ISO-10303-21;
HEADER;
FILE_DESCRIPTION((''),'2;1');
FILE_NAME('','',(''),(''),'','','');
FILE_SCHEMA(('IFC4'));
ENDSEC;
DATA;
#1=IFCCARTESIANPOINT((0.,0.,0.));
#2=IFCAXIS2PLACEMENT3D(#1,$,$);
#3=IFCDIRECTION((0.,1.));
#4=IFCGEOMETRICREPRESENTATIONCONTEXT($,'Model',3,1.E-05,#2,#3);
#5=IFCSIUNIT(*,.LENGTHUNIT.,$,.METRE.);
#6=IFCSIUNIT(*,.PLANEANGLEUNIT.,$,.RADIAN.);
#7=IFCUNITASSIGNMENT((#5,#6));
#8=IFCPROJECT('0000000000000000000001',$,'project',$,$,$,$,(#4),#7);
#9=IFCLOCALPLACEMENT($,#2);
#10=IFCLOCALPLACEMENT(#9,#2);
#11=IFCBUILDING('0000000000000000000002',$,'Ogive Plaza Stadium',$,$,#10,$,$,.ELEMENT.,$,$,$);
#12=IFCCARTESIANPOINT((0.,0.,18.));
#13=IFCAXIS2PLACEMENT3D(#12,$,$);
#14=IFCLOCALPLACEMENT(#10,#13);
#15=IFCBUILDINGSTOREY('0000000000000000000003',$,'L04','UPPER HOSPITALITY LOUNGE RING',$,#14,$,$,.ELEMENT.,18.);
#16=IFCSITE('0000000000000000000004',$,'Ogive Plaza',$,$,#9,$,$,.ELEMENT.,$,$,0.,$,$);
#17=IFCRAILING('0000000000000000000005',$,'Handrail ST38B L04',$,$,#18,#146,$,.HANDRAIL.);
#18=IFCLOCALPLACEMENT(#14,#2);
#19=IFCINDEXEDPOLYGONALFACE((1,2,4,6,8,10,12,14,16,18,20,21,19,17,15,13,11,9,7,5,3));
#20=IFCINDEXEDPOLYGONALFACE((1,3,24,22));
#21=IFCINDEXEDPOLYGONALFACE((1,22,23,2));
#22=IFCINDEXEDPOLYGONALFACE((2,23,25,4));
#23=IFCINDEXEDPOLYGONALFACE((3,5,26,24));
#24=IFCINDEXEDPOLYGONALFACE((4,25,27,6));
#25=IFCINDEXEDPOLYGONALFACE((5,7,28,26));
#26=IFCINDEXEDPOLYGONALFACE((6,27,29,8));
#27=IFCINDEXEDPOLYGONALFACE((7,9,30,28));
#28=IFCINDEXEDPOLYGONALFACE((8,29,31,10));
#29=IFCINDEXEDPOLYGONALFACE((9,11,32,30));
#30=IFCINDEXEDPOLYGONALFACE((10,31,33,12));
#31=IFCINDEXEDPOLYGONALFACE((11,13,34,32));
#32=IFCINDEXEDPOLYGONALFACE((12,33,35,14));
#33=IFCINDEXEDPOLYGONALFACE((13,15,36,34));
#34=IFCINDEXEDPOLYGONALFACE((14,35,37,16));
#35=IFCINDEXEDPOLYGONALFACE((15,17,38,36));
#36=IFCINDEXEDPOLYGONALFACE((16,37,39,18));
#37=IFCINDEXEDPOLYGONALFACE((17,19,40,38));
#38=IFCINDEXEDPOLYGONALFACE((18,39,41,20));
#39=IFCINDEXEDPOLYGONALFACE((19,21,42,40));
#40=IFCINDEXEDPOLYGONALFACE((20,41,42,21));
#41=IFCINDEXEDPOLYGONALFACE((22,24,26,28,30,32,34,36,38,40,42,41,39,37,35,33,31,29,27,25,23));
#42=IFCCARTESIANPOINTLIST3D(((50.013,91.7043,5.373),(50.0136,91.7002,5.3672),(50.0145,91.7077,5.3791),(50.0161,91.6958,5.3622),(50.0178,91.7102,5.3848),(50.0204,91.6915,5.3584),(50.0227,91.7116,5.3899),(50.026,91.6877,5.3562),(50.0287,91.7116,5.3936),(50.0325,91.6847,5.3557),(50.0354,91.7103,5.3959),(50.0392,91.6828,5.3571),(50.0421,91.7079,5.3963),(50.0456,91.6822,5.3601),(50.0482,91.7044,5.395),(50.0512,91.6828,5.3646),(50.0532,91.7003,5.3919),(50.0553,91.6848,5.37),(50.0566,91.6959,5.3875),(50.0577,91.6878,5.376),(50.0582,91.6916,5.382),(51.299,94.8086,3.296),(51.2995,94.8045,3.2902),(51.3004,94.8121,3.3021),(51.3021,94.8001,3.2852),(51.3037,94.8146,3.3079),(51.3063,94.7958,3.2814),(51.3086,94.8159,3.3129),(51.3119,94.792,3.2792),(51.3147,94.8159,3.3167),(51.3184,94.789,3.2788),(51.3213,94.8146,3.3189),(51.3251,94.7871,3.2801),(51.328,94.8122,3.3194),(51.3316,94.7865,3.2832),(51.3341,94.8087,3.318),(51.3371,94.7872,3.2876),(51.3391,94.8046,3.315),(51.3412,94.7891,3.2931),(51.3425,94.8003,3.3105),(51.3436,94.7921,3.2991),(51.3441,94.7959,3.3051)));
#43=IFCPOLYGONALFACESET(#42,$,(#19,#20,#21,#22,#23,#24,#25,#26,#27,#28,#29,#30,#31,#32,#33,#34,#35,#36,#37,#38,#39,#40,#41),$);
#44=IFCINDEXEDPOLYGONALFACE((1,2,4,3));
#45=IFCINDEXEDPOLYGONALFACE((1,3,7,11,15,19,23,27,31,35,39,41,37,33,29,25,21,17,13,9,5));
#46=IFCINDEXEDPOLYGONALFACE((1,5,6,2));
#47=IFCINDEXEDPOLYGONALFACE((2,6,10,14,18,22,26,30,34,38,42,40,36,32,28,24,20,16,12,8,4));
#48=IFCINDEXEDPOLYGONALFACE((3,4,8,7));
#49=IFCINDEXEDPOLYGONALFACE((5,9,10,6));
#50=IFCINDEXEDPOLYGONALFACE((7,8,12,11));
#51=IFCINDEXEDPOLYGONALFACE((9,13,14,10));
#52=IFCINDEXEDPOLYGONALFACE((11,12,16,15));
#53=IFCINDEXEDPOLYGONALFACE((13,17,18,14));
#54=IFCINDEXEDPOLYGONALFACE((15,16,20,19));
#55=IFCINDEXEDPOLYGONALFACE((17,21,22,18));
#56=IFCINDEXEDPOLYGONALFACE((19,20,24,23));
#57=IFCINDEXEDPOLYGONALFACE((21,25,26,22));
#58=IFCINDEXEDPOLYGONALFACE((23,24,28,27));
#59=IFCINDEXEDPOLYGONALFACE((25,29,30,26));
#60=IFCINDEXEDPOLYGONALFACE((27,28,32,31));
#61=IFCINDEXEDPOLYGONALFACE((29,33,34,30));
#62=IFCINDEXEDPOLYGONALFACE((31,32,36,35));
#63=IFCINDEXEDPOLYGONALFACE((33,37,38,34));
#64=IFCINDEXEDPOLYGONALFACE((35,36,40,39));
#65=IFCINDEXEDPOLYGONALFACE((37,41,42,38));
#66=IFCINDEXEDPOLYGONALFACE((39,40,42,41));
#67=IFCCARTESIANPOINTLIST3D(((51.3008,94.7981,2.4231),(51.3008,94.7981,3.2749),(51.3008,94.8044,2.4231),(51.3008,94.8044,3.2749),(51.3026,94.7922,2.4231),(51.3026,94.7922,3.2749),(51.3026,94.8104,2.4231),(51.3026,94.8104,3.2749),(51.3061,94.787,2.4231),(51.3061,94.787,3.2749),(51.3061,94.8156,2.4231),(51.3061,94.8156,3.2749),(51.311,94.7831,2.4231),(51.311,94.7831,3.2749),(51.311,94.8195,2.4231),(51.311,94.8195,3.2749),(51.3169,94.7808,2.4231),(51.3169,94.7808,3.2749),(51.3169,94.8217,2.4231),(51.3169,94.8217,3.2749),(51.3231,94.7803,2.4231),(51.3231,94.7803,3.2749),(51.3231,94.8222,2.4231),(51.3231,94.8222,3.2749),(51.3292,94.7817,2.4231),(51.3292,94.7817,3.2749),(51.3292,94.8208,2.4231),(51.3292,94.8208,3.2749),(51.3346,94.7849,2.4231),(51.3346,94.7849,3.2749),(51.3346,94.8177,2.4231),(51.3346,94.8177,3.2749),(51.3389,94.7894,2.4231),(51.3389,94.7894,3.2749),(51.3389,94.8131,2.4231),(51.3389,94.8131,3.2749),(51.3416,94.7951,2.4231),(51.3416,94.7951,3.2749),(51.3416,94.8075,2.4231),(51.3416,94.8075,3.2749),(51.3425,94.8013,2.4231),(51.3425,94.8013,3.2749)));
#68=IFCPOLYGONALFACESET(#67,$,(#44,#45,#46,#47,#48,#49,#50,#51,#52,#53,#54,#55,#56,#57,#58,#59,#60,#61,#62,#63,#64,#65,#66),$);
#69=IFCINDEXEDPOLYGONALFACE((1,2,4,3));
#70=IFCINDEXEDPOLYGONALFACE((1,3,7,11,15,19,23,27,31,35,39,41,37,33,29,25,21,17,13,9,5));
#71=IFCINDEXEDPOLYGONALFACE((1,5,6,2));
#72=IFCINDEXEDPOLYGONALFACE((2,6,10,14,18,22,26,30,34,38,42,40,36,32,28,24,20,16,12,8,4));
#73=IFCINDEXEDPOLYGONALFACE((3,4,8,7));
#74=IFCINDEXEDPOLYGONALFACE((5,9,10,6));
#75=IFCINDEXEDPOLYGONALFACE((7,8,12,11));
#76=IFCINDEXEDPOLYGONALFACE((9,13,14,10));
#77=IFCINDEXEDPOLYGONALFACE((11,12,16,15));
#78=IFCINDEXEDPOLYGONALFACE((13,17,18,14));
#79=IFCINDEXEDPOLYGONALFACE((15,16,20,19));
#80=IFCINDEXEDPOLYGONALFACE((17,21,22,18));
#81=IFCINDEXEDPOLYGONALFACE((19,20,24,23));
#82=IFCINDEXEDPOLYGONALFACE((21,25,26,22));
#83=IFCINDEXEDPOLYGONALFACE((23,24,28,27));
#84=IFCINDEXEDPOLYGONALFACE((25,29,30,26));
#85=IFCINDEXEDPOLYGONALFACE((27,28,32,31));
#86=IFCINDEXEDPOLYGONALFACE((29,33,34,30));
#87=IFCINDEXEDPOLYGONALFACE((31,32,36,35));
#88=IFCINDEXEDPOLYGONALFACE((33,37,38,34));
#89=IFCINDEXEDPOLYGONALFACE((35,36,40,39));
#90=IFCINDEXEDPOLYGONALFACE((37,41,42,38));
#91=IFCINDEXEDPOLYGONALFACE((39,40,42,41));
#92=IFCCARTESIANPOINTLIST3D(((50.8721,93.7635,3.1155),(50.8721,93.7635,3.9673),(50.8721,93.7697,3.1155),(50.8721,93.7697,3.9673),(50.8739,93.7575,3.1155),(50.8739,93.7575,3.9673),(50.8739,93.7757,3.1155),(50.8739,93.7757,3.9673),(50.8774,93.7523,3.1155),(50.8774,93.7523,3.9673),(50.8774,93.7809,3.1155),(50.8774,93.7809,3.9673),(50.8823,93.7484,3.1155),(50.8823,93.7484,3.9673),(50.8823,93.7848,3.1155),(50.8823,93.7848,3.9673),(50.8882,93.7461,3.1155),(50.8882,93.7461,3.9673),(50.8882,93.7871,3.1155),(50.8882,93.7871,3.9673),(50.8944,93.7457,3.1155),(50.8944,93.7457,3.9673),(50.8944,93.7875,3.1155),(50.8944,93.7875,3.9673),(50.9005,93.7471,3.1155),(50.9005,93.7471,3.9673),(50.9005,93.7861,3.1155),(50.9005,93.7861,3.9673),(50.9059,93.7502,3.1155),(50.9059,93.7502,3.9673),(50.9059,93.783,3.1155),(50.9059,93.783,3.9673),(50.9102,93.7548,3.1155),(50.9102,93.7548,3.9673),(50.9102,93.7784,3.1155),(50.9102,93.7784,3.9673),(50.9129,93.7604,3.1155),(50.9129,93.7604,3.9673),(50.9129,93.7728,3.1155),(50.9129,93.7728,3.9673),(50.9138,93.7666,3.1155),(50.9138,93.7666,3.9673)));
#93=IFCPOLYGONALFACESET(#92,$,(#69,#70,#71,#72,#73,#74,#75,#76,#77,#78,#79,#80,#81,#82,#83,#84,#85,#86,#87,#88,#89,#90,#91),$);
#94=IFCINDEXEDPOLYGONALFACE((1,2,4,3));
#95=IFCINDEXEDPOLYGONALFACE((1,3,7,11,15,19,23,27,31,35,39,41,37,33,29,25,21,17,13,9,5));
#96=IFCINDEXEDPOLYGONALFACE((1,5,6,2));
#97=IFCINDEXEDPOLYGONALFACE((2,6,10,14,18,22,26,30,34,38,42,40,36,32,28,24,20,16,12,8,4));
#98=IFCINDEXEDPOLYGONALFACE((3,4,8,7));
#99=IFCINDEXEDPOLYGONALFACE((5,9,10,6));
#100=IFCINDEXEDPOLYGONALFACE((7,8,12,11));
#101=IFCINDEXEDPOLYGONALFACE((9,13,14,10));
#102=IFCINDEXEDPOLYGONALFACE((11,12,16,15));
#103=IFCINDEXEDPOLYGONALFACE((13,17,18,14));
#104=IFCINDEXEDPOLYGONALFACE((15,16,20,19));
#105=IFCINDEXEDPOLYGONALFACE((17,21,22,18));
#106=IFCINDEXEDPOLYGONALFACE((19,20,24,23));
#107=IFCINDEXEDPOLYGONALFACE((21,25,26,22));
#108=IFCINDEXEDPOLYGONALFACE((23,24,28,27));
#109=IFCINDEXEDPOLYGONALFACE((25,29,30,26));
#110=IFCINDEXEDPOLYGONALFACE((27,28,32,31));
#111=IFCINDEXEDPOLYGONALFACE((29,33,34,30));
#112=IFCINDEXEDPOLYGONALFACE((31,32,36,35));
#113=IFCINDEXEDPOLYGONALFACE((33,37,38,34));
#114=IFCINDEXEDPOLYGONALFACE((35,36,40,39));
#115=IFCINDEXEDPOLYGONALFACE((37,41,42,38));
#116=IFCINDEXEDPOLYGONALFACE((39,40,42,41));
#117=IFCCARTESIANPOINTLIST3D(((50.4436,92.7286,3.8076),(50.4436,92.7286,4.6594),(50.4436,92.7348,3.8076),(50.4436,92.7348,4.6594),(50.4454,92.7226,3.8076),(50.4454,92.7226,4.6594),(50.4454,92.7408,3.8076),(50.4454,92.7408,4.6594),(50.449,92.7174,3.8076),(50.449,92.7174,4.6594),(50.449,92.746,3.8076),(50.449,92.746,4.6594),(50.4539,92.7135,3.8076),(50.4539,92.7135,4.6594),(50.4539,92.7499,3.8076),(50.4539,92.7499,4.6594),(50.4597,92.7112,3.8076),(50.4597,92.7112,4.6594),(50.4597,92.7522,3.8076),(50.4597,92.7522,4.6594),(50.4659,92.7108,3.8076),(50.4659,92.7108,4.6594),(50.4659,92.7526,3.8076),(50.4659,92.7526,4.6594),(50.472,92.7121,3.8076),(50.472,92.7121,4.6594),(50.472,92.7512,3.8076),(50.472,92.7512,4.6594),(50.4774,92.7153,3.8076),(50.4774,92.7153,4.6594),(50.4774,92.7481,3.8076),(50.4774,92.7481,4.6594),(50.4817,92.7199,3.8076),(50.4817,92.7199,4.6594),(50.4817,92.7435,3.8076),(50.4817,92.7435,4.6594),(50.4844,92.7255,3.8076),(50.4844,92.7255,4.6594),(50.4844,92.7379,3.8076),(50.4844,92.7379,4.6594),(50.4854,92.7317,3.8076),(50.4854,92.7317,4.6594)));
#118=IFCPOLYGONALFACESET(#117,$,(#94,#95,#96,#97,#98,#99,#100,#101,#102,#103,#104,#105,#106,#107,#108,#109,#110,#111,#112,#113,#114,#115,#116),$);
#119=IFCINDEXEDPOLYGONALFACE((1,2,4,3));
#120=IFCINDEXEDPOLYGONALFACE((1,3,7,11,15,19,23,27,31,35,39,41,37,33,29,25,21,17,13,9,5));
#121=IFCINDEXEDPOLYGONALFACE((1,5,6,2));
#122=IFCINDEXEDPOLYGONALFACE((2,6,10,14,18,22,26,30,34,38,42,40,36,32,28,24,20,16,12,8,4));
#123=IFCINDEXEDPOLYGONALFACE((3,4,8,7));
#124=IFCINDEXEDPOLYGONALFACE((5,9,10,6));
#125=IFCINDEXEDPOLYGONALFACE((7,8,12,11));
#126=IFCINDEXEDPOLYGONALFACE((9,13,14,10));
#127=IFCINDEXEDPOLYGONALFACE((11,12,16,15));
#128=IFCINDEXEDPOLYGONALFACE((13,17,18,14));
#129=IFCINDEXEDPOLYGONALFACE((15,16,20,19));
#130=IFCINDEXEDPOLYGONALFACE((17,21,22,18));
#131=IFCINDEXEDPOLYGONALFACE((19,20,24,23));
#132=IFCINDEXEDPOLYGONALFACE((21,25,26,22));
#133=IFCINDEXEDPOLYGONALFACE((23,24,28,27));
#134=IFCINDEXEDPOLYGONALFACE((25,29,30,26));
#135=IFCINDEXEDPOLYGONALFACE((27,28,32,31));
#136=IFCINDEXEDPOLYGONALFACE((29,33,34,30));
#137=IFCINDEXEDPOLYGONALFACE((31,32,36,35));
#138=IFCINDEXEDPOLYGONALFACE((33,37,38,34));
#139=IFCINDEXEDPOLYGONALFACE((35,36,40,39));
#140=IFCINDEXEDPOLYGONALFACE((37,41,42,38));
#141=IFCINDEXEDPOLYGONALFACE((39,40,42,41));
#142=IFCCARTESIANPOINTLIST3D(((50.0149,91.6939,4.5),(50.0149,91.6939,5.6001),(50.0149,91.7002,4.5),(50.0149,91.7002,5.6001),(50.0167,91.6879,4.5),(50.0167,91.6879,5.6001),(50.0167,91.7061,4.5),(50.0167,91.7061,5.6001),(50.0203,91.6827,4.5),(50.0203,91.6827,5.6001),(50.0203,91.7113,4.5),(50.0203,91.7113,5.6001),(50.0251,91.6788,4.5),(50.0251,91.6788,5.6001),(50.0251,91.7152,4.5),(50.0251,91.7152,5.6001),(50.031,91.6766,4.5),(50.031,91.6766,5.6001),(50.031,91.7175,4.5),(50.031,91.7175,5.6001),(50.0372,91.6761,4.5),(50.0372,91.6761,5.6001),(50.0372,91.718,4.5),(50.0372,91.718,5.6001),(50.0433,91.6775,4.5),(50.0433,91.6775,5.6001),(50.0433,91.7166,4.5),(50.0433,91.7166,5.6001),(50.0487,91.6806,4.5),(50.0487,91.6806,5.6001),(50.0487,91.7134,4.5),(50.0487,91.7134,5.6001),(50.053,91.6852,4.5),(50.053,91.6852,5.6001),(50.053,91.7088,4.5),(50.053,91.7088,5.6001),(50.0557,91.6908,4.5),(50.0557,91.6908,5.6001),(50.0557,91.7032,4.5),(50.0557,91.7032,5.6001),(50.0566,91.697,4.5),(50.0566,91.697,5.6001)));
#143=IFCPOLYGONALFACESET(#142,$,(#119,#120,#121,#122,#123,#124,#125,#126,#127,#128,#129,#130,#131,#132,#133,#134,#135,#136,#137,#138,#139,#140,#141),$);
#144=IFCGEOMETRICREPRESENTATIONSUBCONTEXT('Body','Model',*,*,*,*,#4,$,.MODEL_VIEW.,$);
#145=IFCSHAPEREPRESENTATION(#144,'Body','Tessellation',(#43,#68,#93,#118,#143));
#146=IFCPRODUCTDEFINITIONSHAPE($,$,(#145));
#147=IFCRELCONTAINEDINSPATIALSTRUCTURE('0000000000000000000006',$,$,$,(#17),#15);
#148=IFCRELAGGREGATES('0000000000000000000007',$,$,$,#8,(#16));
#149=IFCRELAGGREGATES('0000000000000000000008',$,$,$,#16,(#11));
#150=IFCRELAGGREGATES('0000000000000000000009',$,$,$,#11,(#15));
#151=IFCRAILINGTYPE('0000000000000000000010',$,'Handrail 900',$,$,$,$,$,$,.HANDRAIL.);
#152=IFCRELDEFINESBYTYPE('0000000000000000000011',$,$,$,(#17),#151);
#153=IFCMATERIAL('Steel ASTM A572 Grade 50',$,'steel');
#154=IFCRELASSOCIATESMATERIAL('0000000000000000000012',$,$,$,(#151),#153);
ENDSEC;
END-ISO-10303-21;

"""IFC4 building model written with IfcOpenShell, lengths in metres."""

from ifc_helpers import new_model, si_unit, direction, frame, origin, origin_2d, place, context, subcontext, project, spatial, circle, extrude, material, type_object, element, save


model = new_model("IFC4")

# Units and contexts
model_context = context("Model", 3, precision=1e-05, world=origin(), true_north=direction((0.0, 1.0)))
body_context = subcontext(model_context, "Body", "Model", "MODEL_VIEW")
ifc_project = project(units=[si_unit("LENGTHUNIT", "METRE"), si_unit("PLANEANGLEUNIT", "RADIAN")], contexts=[model_context])

# Site, building, storey
site_placement = place(None, origin())
site = spatial("IfcSite", under=ifc_project, at=site_placement, Name="Ogive Plaza", CompositionType="ELEMENT", RefElevation=0.0)
building_placement = place(site_placement, origin())
building = spatial("IfcBuilding", under=site, at=building_placement, Name="Ogive Plaza Stadium", CompositionType="ELEMENT")
storey_placement = place(building_placement, frame((0.0, 0.0, 18.0)))
storey = spatial("IfcBuildingStorey", under=building, at=storey_placement, Name="L04", Description="UPPER HOSPITALITY LOUNGE RING", CompositionType="ELEMENT", Elevation=18.0)

# Railing
ifc_material_1 = material(Name="Steel ASTM A572 Grade 50", Category="steel")
railing_type_1 = type_object("IfcRailingType", Name="Handrail 900", PredefinedType="HANDRAIL", material=ifc_material_1)
railing_1_placement = place(storey_placement, frame((51.3215, 94.8013, 2.4231)))
element("IfcRailing", 1, at=railing_1_placement, inside=storey, type_object=railing_type_1, Name="Handrail ST38B L04", PredefinedType="HANDRAIL", context=body_context, shape_type="SweptSolid", body=[
    extrude(circle(Radius=0.0239, at=origin_2d()), frame((0.0, 0.0, 0.876), z_axis=(-0.325532, -0.785863, 0.525783), x_axis=(0.923872, -0.3827, 0.0)), (0.0, 0.0, 1.0), 3.9502),
    extrude(circle(Radius=0.021, at=origin_2d()), origin(), (0.0, 0.0, 1.0), 0.8518),
    extrude(circle(Radius=0.021, at=origin_2d()), frame((-0.4287, -1.0347, 0.6924)), (0.0, 0.0, 1.0), 0.8518),
    extrude(circle(Radius=0.021, at=origin_2d()), frame((-0.8572, -2.0696, 1.3845)), (0.0, 0.0, 1.0), 0.8518),
    extrude(circle(Radius=0.021, at=origin_2d()), frame((-1.2859, -3.1042, 2.0769)), (0.0, 0.0, 1.0), 1.1001),
])

save(model, "model.ifc")
